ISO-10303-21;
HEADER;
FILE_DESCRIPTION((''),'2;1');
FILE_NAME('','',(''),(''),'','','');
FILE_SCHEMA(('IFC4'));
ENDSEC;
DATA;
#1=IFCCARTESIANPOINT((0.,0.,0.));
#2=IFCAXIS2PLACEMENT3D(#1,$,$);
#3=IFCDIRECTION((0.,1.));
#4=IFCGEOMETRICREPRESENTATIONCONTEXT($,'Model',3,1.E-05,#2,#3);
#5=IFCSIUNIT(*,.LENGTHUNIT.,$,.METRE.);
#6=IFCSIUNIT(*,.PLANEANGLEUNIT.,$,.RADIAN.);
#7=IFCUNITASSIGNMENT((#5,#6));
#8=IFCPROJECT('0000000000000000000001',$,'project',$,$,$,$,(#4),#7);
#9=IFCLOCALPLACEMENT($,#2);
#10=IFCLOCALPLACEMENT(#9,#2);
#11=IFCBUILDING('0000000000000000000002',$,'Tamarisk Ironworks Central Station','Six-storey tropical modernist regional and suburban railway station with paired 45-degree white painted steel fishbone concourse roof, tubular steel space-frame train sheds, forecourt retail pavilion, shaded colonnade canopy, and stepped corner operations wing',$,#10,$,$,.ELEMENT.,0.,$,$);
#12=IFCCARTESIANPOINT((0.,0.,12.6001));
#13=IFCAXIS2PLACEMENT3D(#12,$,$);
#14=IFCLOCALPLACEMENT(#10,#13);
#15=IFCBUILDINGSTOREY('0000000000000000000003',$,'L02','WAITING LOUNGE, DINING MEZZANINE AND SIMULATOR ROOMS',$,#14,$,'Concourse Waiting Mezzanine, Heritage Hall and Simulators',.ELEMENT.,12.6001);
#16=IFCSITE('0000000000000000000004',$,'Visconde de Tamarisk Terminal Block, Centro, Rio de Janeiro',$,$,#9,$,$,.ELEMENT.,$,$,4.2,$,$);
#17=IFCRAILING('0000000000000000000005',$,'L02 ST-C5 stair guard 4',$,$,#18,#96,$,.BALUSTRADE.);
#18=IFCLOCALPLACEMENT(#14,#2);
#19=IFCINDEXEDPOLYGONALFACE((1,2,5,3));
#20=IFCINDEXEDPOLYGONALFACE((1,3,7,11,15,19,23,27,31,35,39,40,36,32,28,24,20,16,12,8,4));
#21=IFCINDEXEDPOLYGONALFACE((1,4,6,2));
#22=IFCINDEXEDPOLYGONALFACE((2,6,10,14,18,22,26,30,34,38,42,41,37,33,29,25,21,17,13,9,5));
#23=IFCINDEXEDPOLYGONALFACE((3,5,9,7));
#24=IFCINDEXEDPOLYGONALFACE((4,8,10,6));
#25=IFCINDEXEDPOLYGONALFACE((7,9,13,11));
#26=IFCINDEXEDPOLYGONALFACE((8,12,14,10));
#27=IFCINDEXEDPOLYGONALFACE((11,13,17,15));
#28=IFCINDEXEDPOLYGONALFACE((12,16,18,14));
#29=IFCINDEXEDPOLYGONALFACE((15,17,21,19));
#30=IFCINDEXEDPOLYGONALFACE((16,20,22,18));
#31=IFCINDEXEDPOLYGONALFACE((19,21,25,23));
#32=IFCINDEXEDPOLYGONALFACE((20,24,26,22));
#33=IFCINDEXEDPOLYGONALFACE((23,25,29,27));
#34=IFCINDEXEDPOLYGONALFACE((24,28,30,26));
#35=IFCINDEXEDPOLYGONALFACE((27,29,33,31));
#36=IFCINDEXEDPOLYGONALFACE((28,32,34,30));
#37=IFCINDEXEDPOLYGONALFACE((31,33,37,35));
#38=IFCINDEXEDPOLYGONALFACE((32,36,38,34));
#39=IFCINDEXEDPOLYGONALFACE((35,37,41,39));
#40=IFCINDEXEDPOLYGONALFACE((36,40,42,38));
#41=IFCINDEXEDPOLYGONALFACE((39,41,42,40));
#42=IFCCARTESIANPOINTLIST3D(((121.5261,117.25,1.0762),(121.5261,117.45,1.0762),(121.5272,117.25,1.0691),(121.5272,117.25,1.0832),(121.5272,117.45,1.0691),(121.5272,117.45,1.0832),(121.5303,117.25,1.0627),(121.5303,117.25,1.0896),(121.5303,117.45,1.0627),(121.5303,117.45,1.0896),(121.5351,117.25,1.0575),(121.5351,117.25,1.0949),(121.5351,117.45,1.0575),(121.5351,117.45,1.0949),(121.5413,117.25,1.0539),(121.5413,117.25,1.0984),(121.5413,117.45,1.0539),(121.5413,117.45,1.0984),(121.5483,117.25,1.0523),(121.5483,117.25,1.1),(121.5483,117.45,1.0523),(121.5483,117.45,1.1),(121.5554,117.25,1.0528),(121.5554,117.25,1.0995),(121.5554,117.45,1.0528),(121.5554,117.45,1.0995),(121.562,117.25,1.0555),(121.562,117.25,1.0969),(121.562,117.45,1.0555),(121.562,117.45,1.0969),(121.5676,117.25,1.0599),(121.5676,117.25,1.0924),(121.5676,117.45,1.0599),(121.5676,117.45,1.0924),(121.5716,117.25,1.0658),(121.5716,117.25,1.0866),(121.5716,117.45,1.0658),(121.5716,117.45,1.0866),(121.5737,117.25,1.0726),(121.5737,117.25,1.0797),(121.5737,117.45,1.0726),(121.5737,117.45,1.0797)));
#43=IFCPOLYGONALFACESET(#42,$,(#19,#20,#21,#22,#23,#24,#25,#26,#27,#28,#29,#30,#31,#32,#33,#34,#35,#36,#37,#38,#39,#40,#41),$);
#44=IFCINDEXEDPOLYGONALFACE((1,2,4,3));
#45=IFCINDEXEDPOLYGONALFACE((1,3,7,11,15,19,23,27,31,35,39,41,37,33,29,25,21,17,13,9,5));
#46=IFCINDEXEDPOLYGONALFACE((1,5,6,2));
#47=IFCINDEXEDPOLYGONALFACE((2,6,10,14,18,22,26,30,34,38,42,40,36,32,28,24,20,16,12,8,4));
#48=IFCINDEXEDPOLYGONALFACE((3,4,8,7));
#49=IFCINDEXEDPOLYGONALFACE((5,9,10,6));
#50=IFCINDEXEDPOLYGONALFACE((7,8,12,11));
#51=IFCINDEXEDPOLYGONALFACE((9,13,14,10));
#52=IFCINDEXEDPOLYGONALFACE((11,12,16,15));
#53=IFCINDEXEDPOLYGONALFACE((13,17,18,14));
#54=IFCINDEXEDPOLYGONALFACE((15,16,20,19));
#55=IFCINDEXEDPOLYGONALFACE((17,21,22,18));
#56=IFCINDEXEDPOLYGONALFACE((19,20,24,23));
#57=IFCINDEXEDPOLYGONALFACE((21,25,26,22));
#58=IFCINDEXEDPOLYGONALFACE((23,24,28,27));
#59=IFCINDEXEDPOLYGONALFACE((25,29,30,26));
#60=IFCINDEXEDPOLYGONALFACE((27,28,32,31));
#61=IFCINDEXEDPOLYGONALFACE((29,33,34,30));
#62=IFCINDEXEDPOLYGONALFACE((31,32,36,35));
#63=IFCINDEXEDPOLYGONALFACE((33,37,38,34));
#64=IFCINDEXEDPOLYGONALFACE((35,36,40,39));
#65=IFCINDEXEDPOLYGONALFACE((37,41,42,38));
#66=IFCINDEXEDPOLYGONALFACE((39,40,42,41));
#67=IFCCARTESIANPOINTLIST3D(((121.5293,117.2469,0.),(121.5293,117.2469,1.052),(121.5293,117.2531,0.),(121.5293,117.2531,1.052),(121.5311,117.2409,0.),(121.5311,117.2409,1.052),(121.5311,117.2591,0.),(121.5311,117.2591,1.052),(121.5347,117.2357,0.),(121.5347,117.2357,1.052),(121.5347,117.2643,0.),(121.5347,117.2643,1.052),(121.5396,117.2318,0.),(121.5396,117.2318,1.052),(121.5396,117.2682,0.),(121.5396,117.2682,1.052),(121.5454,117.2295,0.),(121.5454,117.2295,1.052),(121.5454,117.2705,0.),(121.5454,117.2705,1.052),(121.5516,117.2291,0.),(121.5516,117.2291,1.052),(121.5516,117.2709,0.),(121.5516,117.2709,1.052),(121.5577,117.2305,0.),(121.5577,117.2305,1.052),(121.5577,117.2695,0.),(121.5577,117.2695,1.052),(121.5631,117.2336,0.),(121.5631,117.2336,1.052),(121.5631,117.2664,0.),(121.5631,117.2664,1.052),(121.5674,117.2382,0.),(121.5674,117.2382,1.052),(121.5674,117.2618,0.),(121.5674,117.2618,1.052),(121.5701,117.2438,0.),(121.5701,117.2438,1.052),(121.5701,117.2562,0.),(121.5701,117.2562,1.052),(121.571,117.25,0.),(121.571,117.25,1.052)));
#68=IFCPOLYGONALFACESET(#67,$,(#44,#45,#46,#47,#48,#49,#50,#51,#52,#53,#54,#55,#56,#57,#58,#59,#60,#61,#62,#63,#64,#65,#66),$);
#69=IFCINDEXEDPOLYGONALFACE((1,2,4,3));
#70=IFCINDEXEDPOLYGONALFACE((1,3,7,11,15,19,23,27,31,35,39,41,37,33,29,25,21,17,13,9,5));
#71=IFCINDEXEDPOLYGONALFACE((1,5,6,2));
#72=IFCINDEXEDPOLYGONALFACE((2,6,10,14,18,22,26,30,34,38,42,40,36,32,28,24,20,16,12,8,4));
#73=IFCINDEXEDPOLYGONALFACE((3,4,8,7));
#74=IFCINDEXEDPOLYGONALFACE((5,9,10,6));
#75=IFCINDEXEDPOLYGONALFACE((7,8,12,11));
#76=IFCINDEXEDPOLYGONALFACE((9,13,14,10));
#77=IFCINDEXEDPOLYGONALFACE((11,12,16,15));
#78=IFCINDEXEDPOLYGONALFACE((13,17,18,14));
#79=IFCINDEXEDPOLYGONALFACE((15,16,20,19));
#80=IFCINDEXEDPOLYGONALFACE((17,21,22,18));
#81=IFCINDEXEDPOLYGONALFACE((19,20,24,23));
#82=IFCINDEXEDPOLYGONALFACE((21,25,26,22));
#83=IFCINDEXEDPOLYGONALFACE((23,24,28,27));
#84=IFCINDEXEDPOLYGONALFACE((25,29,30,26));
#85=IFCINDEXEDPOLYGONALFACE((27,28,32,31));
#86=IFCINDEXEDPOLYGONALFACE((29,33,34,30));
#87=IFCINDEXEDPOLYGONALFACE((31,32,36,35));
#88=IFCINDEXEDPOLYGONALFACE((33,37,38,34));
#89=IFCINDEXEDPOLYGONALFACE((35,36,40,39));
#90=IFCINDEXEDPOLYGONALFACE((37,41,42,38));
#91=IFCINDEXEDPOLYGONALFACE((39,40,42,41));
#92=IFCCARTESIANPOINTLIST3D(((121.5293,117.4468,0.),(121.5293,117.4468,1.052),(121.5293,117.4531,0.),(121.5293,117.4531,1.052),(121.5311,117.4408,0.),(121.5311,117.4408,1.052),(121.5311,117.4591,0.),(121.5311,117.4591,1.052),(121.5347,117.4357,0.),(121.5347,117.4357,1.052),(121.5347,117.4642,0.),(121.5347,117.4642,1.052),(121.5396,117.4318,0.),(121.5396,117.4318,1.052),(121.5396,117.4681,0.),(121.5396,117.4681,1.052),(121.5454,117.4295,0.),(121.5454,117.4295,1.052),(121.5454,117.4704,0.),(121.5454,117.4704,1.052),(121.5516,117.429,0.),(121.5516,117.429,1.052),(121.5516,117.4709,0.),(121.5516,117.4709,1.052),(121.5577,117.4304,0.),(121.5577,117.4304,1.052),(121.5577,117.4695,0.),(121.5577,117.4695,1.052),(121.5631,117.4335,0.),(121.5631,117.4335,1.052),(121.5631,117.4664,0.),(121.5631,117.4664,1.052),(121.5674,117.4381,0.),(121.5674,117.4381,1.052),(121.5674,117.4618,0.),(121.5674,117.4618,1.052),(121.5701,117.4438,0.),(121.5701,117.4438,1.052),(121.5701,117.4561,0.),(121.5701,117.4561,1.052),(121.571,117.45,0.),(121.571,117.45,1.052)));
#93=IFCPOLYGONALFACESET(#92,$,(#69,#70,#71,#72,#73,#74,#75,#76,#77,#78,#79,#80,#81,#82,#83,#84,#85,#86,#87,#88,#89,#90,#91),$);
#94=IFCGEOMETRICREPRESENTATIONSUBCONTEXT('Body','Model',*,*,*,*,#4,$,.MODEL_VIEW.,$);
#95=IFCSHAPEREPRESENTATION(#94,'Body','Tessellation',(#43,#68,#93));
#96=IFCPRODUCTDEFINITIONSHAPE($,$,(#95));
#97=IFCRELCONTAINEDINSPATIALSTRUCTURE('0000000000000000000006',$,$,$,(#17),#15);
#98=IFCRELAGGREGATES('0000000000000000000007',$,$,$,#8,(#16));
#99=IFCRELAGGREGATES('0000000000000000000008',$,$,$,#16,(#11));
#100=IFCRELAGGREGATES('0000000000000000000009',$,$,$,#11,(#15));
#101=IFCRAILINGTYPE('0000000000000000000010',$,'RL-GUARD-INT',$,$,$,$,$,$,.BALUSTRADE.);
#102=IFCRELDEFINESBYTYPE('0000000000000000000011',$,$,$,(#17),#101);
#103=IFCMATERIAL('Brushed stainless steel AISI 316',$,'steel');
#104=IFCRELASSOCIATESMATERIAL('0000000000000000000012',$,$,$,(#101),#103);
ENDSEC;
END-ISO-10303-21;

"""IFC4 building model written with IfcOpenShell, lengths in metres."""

from ifc_helpers import new_model, si_unit, direction, frame, origin, origin_2d, place, context, subcontext, project, spatial, circle, extrude, material, type_object, element, save


model = new_model("IFC4")

# Units and contexts
model_context = context("Model", 3, precision=1e-05, world=origin(), true_north=direction((0.0, 1.0)))
body_context = subcontext(model_context, "Body", "Model", "MODEL_VIEW")
ifc_project = project(units=[si_unit("LENGTHUNIT", "METRE"), si_unit("PLANEANGLEUNIT", "RADIAN")], contexts=[model_context])

# Site, building, storey
site_placement = place(None, origin())
site = spatial("IfcSite", under=ifc_project, at=site_placement, Name="Visconde de Tamarisk Terminal Block, Centro, Rio de Janeiro", CompositionType="ELEMENT", RefElevation=4.2)
building_placement = place(site_placement, origin())
building = spatial("IfcBuilding", under=site, at=building_placement, Name="Tamarisk Ironworks Central Station", Description="Six-storey tropical modernist regional and suburban railway station with paired 45-degree white painted steel fishbone concourse roof, tubular steel space-frame train sheds, forecourt retail pavilion, shaded colonnade canopy, and stepped corner operations wing", CompositionType="ELEMENT", ElevationOfRefHeight=0.0)
storey_placement = place(building_placement, frame((0.0, 0.0, 12.6001)))
storey = spatial("IfcBuildingStorey", under=building, at=storey_placement, Name="L02", Description="WAITING LOUNGE, DINING MEZZANINE AND SIMULATOR ROOMS", LongName="Concourse Waiting Mezzanine, Heritage Hall and Simulators", CompositionType="ELEMENT", Elevation=12.6001)

# Railing
ifc_material_1 = material(Name="Brushed stainless steel AISI 316", Category="steel")
railing_type_1 = type_object("IfcRailingType", Name="RL-GUARD-INT", PredefinedType="BALUSTRADE", material=ifc_material_1)
railing_1_placement = place(storey_placement, frame((121.55, 117.25, 0.0)))
element("IfcRailing", 1, at=railing_1_placement, inside=storey, type_object=railing_type_1, Name="L02 ST-C5 stair guard 4", PredefinedType="BALUSTRADE", context=body_context, shape_type="SweptSolid", body=[
    extrude(circle(Radius=0.0239, at=origin_2d()), frame((0.0, 0.0, 1.0762), z_axis=(0.0, 1.0, 0.0), x_axis=(-1.0, 0.0, 0.0)), (0.0, 0.0, 1.0), 0.2),
    extrude(circle(Radius=0.021, at=origin_2d()), origin(), (0.0, 0.0, 1.0), 1.052),
    extrude(circle(Radius=0.021, at=origin_2d()), frame((0.0, 0.2, 0.0)), (0.0, 0.0, 1.0), 1.052),
])

save(model, "model.ifc")
